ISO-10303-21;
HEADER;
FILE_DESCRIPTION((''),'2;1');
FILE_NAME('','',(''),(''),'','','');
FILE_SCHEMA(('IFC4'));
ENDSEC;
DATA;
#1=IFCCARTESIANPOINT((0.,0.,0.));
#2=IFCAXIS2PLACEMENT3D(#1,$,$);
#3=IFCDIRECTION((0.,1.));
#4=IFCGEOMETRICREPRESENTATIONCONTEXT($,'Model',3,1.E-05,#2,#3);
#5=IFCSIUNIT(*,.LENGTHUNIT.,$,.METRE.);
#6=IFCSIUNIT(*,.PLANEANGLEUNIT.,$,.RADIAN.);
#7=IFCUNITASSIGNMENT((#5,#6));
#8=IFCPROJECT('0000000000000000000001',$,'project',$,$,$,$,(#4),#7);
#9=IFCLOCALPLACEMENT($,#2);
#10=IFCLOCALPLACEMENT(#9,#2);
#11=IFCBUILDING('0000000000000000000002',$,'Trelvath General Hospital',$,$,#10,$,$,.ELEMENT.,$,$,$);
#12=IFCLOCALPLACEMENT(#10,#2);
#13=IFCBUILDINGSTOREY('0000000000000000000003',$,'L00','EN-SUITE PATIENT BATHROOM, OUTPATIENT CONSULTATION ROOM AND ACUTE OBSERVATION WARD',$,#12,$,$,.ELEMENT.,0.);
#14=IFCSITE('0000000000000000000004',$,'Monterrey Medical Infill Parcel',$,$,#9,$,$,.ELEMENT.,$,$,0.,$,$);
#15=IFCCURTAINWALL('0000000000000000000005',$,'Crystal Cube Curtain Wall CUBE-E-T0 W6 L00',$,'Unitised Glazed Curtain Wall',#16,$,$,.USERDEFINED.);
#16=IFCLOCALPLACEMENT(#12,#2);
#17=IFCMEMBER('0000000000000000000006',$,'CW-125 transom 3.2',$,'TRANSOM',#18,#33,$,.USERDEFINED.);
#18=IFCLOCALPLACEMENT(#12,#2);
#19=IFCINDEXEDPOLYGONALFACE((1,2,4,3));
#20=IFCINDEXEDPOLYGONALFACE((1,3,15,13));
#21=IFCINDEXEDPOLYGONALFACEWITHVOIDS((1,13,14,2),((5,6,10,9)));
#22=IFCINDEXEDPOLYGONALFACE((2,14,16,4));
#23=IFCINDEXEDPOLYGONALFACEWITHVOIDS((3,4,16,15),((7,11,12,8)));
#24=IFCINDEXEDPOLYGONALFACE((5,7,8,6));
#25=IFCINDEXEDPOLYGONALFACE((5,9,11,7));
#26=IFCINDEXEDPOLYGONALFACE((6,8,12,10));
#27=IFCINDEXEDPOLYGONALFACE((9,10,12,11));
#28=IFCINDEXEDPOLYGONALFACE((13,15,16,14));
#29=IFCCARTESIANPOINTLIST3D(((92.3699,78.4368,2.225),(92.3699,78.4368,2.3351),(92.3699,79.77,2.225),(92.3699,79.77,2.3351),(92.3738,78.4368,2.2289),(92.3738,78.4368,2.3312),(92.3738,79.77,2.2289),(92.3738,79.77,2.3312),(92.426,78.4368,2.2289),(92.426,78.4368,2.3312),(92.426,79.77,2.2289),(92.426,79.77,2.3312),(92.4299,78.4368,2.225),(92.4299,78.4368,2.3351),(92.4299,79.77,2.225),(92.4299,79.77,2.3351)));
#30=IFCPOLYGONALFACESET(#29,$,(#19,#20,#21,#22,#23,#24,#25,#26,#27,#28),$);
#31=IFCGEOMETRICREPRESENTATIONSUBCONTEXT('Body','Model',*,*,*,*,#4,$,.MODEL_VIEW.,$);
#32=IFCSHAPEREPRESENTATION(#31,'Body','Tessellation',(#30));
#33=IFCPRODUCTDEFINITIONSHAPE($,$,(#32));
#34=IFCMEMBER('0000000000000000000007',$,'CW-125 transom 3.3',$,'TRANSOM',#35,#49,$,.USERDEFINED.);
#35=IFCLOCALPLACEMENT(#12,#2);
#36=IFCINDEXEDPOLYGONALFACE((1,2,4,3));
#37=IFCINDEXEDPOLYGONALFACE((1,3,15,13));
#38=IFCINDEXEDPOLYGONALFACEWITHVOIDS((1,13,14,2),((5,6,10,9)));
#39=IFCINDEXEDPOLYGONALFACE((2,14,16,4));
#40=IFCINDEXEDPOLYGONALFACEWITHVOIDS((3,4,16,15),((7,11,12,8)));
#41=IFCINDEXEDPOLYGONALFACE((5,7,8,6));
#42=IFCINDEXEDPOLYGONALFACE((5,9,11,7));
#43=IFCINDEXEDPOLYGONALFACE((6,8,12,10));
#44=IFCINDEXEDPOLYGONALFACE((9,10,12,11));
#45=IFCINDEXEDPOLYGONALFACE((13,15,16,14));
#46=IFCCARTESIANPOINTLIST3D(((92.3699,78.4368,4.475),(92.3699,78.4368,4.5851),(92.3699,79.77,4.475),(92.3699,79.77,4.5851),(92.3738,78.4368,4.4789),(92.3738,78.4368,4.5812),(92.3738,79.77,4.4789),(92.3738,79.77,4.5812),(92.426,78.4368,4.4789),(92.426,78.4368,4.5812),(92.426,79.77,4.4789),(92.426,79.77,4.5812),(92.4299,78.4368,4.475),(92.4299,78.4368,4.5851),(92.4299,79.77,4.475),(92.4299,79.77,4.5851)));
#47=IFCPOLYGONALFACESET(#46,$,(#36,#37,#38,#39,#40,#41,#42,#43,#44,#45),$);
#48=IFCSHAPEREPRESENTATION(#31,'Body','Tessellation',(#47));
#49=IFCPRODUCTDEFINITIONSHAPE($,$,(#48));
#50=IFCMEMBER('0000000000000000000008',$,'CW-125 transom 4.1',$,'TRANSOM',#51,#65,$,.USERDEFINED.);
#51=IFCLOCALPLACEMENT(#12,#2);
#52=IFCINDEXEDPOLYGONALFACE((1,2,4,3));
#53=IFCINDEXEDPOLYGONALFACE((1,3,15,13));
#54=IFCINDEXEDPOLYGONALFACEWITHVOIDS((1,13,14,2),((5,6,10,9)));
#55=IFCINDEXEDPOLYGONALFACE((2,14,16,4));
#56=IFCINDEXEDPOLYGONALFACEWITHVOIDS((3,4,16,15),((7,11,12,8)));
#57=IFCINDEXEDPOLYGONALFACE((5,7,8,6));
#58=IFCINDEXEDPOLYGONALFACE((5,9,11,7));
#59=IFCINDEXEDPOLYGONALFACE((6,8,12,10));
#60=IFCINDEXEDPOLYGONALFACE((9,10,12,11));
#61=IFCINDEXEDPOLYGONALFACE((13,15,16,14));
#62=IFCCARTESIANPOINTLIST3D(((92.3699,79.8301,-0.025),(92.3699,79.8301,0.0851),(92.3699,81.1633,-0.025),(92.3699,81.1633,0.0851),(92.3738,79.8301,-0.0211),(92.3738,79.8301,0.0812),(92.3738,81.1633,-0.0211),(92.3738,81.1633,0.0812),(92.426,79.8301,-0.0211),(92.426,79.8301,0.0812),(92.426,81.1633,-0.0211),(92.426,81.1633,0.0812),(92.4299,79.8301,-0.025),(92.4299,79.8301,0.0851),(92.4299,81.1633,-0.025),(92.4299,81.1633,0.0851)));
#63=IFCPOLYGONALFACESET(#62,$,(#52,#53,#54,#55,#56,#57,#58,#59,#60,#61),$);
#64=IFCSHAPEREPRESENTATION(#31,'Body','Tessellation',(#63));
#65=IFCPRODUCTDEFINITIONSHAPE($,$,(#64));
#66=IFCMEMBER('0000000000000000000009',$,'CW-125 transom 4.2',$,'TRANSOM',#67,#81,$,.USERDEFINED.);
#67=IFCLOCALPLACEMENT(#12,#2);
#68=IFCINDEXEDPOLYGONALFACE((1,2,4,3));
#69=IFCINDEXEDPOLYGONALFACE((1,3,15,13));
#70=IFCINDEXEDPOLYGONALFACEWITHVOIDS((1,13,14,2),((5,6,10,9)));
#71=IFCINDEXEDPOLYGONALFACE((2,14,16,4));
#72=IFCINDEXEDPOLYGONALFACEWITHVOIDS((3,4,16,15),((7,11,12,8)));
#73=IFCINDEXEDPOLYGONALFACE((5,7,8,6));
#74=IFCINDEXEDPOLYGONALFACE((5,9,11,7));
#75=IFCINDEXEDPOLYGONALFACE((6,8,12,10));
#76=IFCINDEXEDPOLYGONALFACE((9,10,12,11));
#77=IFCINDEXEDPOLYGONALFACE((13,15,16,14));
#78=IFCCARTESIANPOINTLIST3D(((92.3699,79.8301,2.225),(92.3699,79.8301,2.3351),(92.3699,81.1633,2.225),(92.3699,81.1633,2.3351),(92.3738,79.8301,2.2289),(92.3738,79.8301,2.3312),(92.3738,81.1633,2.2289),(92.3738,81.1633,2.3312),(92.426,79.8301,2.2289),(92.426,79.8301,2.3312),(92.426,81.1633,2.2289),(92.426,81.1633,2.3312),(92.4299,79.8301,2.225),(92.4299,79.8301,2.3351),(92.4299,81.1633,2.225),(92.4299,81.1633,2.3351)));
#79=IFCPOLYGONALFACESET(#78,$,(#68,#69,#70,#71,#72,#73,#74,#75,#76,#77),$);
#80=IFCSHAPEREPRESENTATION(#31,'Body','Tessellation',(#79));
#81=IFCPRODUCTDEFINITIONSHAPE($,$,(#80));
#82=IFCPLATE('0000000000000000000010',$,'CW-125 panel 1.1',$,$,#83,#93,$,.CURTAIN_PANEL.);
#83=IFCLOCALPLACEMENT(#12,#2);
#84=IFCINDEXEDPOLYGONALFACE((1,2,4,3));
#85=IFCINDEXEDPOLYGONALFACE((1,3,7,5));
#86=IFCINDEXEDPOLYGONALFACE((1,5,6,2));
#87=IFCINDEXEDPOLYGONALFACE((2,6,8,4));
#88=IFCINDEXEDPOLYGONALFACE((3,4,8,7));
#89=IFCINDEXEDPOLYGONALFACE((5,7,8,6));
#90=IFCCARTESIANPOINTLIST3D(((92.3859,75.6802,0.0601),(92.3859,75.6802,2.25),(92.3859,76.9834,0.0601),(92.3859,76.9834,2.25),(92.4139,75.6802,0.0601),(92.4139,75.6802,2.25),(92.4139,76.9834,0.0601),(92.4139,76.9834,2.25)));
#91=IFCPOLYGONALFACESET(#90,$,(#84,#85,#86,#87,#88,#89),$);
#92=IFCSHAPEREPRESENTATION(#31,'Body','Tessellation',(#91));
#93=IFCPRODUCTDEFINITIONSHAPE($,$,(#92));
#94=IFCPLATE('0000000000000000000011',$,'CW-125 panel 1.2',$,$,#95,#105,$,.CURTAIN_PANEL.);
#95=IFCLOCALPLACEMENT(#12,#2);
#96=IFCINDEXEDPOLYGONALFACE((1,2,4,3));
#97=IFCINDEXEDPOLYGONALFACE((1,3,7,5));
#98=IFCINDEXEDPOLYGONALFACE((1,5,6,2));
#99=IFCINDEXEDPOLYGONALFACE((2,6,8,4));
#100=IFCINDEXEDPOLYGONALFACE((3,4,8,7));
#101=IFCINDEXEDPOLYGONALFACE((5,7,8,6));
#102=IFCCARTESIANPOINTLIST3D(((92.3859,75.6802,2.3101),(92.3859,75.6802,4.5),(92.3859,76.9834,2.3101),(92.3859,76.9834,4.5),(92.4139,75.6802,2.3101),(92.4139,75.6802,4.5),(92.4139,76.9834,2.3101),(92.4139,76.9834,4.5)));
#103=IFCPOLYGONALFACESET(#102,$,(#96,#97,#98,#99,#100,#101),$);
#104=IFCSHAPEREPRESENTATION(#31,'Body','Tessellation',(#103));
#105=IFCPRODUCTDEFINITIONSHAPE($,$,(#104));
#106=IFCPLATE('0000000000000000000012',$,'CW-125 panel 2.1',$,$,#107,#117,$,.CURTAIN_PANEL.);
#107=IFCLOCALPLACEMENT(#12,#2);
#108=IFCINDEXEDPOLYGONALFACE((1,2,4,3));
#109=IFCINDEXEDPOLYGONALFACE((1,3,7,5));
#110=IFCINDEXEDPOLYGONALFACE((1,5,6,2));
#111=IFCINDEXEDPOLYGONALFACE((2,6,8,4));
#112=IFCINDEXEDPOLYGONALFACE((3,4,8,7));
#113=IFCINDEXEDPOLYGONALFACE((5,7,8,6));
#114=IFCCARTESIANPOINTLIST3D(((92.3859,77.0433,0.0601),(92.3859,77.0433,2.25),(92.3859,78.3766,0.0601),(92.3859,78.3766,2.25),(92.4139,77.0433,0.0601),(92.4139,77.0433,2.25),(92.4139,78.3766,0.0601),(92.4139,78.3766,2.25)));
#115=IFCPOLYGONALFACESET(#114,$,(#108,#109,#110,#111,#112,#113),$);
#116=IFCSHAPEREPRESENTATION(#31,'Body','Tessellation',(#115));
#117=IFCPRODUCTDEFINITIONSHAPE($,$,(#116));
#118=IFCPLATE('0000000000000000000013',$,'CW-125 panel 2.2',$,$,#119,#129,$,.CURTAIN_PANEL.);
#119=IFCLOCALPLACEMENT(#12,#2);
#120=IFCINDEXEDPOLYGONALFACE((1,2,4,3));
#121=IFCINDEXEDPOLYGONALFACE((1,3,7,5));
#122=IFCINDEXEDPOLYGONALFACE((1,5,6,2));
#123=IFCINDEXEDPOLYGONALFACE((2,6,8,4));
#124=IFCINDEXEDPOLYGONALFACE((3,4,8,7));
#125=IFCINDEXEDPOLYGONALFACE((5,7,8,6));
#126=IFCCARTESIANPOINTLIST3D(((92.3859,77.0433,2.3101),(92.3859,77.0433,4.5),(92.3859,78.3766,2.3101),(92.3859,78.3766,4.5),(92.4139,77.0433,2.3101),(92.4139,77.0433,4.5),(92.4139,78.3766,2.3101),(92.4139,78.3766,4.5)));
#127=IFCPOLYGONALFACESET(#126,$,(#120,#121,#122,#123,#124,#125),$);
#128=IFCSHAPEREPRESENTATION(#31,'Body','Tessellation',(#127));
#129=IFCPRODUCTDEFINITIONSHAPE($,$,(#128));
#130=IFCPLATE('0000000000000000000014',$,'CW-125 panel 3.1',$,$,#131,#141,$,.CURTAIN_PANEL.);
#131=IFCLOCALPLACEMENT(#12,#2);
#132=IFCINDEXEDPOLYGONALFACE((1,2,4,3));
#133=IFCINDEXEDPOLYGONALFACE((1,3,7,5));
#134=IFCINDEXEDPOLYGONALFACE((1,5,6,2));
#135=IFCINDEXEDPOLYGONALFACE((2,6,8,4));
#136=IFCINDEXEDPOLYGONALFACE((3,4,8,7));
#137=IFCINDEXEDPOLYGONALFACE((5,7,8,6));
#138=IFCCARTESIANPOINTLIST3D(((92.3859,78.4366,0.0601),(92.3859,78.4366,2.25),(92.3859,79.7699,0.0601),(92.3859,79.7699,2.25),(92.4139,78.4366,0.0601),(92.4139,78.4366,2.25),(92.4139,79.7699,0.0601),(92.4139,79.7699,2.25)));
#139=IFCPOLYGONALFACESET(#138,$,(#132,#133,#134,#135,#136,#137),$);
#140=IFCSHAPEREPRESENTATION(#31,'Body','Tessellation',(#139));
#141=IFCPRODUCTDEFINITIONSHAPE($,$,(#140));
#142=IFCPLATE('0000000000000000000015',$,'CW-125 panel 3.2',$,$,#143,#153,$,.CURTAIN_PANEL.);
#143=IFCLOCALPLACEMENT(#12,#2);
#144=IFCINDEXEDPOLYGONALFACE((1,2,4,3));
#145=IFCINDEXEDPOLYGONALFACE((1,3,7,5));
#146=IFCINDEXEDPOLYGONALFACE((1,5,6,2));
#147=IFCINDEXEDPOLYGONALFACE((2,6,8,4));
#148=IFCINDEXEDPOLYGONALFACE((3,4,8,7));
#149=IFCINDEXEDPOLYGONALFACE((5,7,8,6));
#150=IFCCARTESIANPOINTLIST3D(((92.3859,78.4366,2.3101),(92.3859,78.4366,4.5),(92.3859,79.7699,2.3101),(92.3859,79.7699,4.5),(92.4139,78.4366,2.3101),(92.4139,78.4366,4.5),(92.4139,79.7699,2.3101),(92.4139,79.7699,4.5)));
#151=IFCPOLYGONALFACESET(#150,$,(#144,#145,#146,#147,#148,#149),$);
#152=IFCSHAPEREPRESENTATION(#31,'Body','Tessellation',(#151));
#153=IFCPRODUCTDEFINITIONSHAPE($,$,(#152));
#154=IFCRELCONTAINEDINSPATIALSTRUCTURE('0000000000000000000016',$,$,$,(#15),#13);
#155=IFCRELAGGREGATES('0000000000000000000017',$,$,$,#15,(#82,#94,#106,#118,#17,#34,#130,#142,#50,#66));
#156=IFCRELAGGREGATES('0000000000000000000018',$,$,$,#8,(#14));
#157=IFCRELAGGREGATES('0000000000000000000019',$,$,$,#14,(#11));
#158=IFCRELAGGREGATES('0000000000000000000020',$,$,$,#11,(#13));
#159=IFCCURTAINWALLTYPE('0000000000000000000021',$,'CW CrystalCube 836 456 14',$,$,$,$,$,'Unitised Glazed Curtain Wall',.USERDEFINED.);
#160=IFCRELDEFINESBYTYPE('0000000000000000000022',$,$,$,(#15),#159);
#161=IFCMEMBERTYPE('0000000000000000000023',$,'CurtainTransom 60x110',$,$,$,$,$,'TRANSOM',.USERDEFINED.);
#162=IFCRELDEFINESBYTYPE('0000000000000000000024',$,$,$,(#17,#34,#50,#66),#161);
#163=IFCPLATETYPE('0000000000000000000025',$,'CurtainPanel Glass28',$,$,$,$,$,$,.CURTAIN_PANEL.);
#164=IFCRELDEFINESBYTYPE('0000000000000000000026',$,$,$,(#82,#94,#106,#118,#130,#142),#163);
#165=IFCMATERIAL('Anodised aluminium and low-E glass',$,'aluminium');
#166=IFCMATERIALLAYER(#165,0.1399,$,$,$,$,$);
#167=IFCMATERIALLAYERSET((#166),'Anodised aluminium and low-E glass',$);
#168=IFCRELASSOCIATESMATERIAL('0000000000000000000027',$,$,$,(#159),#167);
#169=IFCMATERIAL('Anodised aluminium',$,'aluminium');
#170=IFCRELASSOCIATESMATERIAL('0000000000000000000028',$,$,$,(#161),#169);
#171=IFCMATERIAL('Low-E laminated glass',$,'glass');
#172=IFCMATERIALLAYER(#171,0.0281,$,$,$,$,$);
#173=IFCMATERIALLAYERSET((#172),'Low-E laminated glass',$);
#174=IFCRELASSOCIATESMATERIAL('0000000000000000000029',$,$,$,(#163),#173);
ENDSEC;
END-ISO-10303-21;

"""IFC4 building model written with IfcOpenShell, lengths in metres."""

from ifc_helpers import new_model, si_unit, direction, frame, origin, origin_2d, place, context, subcontext, project, spatial, rectangle, hollow_rectangle, extrude, material, layer, layer_set, material_profile, profile_set, type_object, element, aggregate, save


model = new_model("IFC4")

# Units and contexts
model_context = context("Model", 3, precision=1e-05, world=origin(), true_north=direction((0.0, 1.0)))
body_context = subcontext(model_context, "Body", "Model", "MODEL_VIEW")
ifc_project = project(units=[si_unit("LENGTHUNIT", "METRE"), si_unit("PLANEANGLEUNIT", "RADIAN")], contexts=[model_context])

# Site, building, storey
site_placement = place(None, origin())
site = spatial("IfcSite", under=ifc_project, at=site_placement, Name="Monterrey Medical Infill Parcel", CompositionType="ELEMENT", RefElevation=0.0)
building_placement = place(site_placement, origin())
building = spatial("IfcBuilding", under=site, at=building_placement, Name="Trelvath General Hospital", CompositionType="ELEMENT")
storey_placement = place(building_placement, origin())
storey = spatial("IfcBuildingStorey", under=building, at=storey_placement, Name="L00", Description="EN-SUITE PATIENT BATHROOM, OUTPATIENT CONSULTATION ROOM AND ACUTE OBSERVATION WARD", CompositionType="ELEMENT", Elevation=0.0)

# Curtain wall, members, plates
ifc_material_1 = material(Name="Anodised aluminium and low-E glass", Category="aluminium")
ifc_layer_1 = layer(ifc_material_1, 0.1399)
ifc_layer_set_1 = layer_set([ifc_layer_1], Name="Anodised aluminium and low-E glass")
curtain_wall_type = type_object("IfcCurtainWallType", Name="CW CrystalCube 836 456 14", ElementType="Unitised Glazed Curtain Wall", PredefinedType="USERDEFINED", material=ifc_layer_set_1)
curtain_wall_placement = place(storey_placement, origin())
curtain_wall = element("IfcCurtainWall", 1, at=curtain_wall_placement, inside=storey, type_object=curtain_wall_type, Name="Crystal Cube Curtain Wall CUBE-E-T0 W6 L00", ObjectType="Unitised Glazed Curtain Wall", PredefinedType="USERDEFINED")
ifc_material_2 = material(Name="Anodised aluminium", Category="aluminium")
ifc_material_profile_1 = material_profile(ifc_material_2, hollow_rectangle(XDim=0.0601, YDim=0.1101, WallThickness=0.0039, at=origin_2d()), Name="RHS60x110x4")
ifc_profile_set_1 = profile_set([ifc_material_profile_1], Name="Anodised aluminium")
member_type_1 = type_object("IfcMemberType", Name="CurtainTransom 60x110", ElementType="TRANSOM", PredefinedType="USERDEFINED", material=ifc_profile_set_1)
member_1_placement = place(storey_placement, frame((92.3999, 78.4368, 2.28), z_axis=(0.0, 1.0, 0.0), x_axis=(-1.0, 0.0, 0.0)))
member_1 = element("IfcMember", 2, at=member_1_placement, type_object=member_type_1, Name="CW-125 transom 3.2", ObjectType="TRANSOM", PredefinedType="USERDEFINED", context=body_context, shape_type="SweptSolid", body=[
    extrude(hollow_rectangle(XDim=0.0601, YDim=0.1101, WallThickness=0.0039, at=origin_2d()), origin(), (0.0, 0.0, 1.0), 1.3333),
])
member_2_placement = place(storey_placement, frame((92.3999, 78.4368, 4.53), z_axis=(0.0, 1.0, 0.0), x_axis=(-1.0, 0.0, 0.0)))
member_2 = element("IfcMember", 3, at=member_2_placement, type_object=member_type_1, Name="CW-125 transom 3.3", ObjectType="TRANSOM", PredefinedType="USERDEFINED", context=body_context, shape_type="SweptSolid", body=[
    extrude(hollow_rectangle(XDim=0.0601, YDim=0.1101, WallThickness=0.0039, at=origin_2d()), origin(), (0.0, 0.0, 1.0), 1.3333),
])
member_3_placement = place(storey_placement, frame((92.3999, 79.8301, 0.03), z_axis=(0.0, 1.0, 0.0), x_axis=(-1.0, 0.0, 0.0)))
member_3 = element("IfcMember", 4, at=member_3_placement, type_object=member_type_1, Name="CW-125 transom 4.1", ObjectType="TRANSOM", PredefinedType="USERDEFINED", context=body_context, shape_type="SweptSolid", body=[
    extrude(hollow_rectangle(XDim=0.0601, YDim=0.1101, WallThickness=0.0039, at=origin_2d()), origin(), (0.0, 0.0, 1.0), 1.3333),
])
member_4_placement = place(storey_placement, frame((92.3999, 79.8301, 2.28), z_axis=(0.0, 1.0, 0.0), x_axis=(-1.0, 0.0, 0.0)))
member_4 = element("IfcMember", 5, at=member_4_placement, type_object=member_type_1, Name="CW-125 transom 4.2", ObjectType="TRANSOM", PredefinedType="USERDEFINED", context=body_context, shape_type="SweptSolid", body=[
    extrude(hollow_rectangle(XDim=0.0601, YDim=0.1101, WallThickness=0.0039, at=origin_2d()), origin(), (0.0, 0.0, 1.0), 1.3333),
])
ifc_material_3 = material(Name="Low-E laminated glass", Category="glass")
ifc_layer_2 = layer(ifc_material_3, 0.0281)
ifc_layer_set_2 = layer_set([ifc_layer_2], Name="Low-E laminated glass")
plate_type = type_object("IfcPlateType", Name="CurtainPanel Glass28", PredefinedType="CURTAIN_PANEL", material=ifc_layer_set_2)
plate_1_placement = place(storey_placement, frame((92.3999, 76.3318, 0.0601), z_axis=(0.0, 0.0, 1.0), x_axis=(0.0, 1.0, 0.0)))
plate_1 = element("IfcPlate", 6, at=plate_1_placement, type_object=plate_type, Name="CW-125 panel 1.1", PredefinedType="CURTAIN_PANEL", context=body_context, shape_type="SweptSolid", body=[
    extrude(rectangle(XDim=1.3032, YDim=0.0281, at=origin_2d()), origin(), (0.0, 0.0, 1.0), 2.1899),
])
plate_2_placement = place(storey_placement, frame((92.3999, 76.3318, 2.3101), z_axis=(0.0, 0.0, 1.0), x_axis=(0.0, 1.0, 0.0)))
plate_2 = element("IfcPlate", 7, at=plate_2_placement, type_object=plate_type, Name="CW-125 panel 1.2", PredefinedType="CURTAIN_PANEL", context=body_context, shape_type="SweptSolid", body=[
    extrude(rectangle(XDim=1.3032, YDim=0.0281, at=origin_2d()), origin(), (0.0, 0.0, 1.0), 2.1899),
])
plate_3_placement = place(storey_placement, frame((92.3999, 77.71, 0.0601), z_axis=(0.0, 0.0, 1.0), x_axis=(0.0, 1.0, 0.0)))
plate_3 = element("IfcPlate", 8, at=plate_3_placement, type_object=plate_type, Name="CW-125 panel 2.1", PredefinedType="CURTAIN_PANEL", context=body_context, shape_type="SweptSolid", body=[
    extrude(rectangle(XDim=1.3333, YDim=0.0281, at=origin_2d()), origin(), (0.0, 0.0, 1.0), 2.1899),
])
plate_4_placement = place(storey_placement, frame((92.3999, 77.71, 2.3101), z_axis=(0.0, 0.0, 1.0), x_axis=(0.0, 1.0, 0.0)))
plate_4 = element("IfcPlate", 9, at=plate_4_placement, type_object=plate_type, Name="CW-125 panel 2.2", PredefinedType="CURTAIN_PANEL", context=body_context, shape_type="SweptSolid", body=[
    extrude(rectangle(XDim=1.3333, YDim=0.0281, at=origin_2d()), origin(), (0.0, 0.0, 1.0), 2.1899),
])
plate_5_placement = place(storey_placement, frame((92.3999, 79.1033, 0.0601), z_axis=(0.0, 0.0, 1.0), x_axis=(0.0, 1.0, 0.0)))
plate_5 = element("IfcPlate", 10, at=plate_5_placement, type_object=plate_type, Name="CW-125 panel 3.1", PredefinedType="CURTAIN_PANEL", context=body_context, shape_type="SweptSolid", body=[
    extrude(rectangle(XDim=1.3333, YDim=0.0281, at=origin_2d()), origin(), (0.0, 0.0, 1.0), 2.1899),
])
plate_6_placement = place(storey_placement, frame((92.3999, 79.1033, 2.3101), z_axis=(0.0, 0.0, 1.0), x_axis=(0.0, 1.0, 0.0)))
plate_6 = element("IfcPlate", 11, at=plate_6_placement, type_object=plate_type, Name="CW-125 panel 3.2", PredefinedType="CURTAIN_PANEL", context=body_context, shape_type="SweptSolid", body=[
    extrude(rectangle(XDim=1.3333, YDim=0.0281, at=origin_2d()), origin(), (0.0, 0.0, 1.0), 2.1899),
])
aggregate(curtain_wall, [plate_1, plate_2, plate_3, plate_4, member_1, member_2, plate_5, plate_6, member_3, member_4])

save(model, "model.ifc")
